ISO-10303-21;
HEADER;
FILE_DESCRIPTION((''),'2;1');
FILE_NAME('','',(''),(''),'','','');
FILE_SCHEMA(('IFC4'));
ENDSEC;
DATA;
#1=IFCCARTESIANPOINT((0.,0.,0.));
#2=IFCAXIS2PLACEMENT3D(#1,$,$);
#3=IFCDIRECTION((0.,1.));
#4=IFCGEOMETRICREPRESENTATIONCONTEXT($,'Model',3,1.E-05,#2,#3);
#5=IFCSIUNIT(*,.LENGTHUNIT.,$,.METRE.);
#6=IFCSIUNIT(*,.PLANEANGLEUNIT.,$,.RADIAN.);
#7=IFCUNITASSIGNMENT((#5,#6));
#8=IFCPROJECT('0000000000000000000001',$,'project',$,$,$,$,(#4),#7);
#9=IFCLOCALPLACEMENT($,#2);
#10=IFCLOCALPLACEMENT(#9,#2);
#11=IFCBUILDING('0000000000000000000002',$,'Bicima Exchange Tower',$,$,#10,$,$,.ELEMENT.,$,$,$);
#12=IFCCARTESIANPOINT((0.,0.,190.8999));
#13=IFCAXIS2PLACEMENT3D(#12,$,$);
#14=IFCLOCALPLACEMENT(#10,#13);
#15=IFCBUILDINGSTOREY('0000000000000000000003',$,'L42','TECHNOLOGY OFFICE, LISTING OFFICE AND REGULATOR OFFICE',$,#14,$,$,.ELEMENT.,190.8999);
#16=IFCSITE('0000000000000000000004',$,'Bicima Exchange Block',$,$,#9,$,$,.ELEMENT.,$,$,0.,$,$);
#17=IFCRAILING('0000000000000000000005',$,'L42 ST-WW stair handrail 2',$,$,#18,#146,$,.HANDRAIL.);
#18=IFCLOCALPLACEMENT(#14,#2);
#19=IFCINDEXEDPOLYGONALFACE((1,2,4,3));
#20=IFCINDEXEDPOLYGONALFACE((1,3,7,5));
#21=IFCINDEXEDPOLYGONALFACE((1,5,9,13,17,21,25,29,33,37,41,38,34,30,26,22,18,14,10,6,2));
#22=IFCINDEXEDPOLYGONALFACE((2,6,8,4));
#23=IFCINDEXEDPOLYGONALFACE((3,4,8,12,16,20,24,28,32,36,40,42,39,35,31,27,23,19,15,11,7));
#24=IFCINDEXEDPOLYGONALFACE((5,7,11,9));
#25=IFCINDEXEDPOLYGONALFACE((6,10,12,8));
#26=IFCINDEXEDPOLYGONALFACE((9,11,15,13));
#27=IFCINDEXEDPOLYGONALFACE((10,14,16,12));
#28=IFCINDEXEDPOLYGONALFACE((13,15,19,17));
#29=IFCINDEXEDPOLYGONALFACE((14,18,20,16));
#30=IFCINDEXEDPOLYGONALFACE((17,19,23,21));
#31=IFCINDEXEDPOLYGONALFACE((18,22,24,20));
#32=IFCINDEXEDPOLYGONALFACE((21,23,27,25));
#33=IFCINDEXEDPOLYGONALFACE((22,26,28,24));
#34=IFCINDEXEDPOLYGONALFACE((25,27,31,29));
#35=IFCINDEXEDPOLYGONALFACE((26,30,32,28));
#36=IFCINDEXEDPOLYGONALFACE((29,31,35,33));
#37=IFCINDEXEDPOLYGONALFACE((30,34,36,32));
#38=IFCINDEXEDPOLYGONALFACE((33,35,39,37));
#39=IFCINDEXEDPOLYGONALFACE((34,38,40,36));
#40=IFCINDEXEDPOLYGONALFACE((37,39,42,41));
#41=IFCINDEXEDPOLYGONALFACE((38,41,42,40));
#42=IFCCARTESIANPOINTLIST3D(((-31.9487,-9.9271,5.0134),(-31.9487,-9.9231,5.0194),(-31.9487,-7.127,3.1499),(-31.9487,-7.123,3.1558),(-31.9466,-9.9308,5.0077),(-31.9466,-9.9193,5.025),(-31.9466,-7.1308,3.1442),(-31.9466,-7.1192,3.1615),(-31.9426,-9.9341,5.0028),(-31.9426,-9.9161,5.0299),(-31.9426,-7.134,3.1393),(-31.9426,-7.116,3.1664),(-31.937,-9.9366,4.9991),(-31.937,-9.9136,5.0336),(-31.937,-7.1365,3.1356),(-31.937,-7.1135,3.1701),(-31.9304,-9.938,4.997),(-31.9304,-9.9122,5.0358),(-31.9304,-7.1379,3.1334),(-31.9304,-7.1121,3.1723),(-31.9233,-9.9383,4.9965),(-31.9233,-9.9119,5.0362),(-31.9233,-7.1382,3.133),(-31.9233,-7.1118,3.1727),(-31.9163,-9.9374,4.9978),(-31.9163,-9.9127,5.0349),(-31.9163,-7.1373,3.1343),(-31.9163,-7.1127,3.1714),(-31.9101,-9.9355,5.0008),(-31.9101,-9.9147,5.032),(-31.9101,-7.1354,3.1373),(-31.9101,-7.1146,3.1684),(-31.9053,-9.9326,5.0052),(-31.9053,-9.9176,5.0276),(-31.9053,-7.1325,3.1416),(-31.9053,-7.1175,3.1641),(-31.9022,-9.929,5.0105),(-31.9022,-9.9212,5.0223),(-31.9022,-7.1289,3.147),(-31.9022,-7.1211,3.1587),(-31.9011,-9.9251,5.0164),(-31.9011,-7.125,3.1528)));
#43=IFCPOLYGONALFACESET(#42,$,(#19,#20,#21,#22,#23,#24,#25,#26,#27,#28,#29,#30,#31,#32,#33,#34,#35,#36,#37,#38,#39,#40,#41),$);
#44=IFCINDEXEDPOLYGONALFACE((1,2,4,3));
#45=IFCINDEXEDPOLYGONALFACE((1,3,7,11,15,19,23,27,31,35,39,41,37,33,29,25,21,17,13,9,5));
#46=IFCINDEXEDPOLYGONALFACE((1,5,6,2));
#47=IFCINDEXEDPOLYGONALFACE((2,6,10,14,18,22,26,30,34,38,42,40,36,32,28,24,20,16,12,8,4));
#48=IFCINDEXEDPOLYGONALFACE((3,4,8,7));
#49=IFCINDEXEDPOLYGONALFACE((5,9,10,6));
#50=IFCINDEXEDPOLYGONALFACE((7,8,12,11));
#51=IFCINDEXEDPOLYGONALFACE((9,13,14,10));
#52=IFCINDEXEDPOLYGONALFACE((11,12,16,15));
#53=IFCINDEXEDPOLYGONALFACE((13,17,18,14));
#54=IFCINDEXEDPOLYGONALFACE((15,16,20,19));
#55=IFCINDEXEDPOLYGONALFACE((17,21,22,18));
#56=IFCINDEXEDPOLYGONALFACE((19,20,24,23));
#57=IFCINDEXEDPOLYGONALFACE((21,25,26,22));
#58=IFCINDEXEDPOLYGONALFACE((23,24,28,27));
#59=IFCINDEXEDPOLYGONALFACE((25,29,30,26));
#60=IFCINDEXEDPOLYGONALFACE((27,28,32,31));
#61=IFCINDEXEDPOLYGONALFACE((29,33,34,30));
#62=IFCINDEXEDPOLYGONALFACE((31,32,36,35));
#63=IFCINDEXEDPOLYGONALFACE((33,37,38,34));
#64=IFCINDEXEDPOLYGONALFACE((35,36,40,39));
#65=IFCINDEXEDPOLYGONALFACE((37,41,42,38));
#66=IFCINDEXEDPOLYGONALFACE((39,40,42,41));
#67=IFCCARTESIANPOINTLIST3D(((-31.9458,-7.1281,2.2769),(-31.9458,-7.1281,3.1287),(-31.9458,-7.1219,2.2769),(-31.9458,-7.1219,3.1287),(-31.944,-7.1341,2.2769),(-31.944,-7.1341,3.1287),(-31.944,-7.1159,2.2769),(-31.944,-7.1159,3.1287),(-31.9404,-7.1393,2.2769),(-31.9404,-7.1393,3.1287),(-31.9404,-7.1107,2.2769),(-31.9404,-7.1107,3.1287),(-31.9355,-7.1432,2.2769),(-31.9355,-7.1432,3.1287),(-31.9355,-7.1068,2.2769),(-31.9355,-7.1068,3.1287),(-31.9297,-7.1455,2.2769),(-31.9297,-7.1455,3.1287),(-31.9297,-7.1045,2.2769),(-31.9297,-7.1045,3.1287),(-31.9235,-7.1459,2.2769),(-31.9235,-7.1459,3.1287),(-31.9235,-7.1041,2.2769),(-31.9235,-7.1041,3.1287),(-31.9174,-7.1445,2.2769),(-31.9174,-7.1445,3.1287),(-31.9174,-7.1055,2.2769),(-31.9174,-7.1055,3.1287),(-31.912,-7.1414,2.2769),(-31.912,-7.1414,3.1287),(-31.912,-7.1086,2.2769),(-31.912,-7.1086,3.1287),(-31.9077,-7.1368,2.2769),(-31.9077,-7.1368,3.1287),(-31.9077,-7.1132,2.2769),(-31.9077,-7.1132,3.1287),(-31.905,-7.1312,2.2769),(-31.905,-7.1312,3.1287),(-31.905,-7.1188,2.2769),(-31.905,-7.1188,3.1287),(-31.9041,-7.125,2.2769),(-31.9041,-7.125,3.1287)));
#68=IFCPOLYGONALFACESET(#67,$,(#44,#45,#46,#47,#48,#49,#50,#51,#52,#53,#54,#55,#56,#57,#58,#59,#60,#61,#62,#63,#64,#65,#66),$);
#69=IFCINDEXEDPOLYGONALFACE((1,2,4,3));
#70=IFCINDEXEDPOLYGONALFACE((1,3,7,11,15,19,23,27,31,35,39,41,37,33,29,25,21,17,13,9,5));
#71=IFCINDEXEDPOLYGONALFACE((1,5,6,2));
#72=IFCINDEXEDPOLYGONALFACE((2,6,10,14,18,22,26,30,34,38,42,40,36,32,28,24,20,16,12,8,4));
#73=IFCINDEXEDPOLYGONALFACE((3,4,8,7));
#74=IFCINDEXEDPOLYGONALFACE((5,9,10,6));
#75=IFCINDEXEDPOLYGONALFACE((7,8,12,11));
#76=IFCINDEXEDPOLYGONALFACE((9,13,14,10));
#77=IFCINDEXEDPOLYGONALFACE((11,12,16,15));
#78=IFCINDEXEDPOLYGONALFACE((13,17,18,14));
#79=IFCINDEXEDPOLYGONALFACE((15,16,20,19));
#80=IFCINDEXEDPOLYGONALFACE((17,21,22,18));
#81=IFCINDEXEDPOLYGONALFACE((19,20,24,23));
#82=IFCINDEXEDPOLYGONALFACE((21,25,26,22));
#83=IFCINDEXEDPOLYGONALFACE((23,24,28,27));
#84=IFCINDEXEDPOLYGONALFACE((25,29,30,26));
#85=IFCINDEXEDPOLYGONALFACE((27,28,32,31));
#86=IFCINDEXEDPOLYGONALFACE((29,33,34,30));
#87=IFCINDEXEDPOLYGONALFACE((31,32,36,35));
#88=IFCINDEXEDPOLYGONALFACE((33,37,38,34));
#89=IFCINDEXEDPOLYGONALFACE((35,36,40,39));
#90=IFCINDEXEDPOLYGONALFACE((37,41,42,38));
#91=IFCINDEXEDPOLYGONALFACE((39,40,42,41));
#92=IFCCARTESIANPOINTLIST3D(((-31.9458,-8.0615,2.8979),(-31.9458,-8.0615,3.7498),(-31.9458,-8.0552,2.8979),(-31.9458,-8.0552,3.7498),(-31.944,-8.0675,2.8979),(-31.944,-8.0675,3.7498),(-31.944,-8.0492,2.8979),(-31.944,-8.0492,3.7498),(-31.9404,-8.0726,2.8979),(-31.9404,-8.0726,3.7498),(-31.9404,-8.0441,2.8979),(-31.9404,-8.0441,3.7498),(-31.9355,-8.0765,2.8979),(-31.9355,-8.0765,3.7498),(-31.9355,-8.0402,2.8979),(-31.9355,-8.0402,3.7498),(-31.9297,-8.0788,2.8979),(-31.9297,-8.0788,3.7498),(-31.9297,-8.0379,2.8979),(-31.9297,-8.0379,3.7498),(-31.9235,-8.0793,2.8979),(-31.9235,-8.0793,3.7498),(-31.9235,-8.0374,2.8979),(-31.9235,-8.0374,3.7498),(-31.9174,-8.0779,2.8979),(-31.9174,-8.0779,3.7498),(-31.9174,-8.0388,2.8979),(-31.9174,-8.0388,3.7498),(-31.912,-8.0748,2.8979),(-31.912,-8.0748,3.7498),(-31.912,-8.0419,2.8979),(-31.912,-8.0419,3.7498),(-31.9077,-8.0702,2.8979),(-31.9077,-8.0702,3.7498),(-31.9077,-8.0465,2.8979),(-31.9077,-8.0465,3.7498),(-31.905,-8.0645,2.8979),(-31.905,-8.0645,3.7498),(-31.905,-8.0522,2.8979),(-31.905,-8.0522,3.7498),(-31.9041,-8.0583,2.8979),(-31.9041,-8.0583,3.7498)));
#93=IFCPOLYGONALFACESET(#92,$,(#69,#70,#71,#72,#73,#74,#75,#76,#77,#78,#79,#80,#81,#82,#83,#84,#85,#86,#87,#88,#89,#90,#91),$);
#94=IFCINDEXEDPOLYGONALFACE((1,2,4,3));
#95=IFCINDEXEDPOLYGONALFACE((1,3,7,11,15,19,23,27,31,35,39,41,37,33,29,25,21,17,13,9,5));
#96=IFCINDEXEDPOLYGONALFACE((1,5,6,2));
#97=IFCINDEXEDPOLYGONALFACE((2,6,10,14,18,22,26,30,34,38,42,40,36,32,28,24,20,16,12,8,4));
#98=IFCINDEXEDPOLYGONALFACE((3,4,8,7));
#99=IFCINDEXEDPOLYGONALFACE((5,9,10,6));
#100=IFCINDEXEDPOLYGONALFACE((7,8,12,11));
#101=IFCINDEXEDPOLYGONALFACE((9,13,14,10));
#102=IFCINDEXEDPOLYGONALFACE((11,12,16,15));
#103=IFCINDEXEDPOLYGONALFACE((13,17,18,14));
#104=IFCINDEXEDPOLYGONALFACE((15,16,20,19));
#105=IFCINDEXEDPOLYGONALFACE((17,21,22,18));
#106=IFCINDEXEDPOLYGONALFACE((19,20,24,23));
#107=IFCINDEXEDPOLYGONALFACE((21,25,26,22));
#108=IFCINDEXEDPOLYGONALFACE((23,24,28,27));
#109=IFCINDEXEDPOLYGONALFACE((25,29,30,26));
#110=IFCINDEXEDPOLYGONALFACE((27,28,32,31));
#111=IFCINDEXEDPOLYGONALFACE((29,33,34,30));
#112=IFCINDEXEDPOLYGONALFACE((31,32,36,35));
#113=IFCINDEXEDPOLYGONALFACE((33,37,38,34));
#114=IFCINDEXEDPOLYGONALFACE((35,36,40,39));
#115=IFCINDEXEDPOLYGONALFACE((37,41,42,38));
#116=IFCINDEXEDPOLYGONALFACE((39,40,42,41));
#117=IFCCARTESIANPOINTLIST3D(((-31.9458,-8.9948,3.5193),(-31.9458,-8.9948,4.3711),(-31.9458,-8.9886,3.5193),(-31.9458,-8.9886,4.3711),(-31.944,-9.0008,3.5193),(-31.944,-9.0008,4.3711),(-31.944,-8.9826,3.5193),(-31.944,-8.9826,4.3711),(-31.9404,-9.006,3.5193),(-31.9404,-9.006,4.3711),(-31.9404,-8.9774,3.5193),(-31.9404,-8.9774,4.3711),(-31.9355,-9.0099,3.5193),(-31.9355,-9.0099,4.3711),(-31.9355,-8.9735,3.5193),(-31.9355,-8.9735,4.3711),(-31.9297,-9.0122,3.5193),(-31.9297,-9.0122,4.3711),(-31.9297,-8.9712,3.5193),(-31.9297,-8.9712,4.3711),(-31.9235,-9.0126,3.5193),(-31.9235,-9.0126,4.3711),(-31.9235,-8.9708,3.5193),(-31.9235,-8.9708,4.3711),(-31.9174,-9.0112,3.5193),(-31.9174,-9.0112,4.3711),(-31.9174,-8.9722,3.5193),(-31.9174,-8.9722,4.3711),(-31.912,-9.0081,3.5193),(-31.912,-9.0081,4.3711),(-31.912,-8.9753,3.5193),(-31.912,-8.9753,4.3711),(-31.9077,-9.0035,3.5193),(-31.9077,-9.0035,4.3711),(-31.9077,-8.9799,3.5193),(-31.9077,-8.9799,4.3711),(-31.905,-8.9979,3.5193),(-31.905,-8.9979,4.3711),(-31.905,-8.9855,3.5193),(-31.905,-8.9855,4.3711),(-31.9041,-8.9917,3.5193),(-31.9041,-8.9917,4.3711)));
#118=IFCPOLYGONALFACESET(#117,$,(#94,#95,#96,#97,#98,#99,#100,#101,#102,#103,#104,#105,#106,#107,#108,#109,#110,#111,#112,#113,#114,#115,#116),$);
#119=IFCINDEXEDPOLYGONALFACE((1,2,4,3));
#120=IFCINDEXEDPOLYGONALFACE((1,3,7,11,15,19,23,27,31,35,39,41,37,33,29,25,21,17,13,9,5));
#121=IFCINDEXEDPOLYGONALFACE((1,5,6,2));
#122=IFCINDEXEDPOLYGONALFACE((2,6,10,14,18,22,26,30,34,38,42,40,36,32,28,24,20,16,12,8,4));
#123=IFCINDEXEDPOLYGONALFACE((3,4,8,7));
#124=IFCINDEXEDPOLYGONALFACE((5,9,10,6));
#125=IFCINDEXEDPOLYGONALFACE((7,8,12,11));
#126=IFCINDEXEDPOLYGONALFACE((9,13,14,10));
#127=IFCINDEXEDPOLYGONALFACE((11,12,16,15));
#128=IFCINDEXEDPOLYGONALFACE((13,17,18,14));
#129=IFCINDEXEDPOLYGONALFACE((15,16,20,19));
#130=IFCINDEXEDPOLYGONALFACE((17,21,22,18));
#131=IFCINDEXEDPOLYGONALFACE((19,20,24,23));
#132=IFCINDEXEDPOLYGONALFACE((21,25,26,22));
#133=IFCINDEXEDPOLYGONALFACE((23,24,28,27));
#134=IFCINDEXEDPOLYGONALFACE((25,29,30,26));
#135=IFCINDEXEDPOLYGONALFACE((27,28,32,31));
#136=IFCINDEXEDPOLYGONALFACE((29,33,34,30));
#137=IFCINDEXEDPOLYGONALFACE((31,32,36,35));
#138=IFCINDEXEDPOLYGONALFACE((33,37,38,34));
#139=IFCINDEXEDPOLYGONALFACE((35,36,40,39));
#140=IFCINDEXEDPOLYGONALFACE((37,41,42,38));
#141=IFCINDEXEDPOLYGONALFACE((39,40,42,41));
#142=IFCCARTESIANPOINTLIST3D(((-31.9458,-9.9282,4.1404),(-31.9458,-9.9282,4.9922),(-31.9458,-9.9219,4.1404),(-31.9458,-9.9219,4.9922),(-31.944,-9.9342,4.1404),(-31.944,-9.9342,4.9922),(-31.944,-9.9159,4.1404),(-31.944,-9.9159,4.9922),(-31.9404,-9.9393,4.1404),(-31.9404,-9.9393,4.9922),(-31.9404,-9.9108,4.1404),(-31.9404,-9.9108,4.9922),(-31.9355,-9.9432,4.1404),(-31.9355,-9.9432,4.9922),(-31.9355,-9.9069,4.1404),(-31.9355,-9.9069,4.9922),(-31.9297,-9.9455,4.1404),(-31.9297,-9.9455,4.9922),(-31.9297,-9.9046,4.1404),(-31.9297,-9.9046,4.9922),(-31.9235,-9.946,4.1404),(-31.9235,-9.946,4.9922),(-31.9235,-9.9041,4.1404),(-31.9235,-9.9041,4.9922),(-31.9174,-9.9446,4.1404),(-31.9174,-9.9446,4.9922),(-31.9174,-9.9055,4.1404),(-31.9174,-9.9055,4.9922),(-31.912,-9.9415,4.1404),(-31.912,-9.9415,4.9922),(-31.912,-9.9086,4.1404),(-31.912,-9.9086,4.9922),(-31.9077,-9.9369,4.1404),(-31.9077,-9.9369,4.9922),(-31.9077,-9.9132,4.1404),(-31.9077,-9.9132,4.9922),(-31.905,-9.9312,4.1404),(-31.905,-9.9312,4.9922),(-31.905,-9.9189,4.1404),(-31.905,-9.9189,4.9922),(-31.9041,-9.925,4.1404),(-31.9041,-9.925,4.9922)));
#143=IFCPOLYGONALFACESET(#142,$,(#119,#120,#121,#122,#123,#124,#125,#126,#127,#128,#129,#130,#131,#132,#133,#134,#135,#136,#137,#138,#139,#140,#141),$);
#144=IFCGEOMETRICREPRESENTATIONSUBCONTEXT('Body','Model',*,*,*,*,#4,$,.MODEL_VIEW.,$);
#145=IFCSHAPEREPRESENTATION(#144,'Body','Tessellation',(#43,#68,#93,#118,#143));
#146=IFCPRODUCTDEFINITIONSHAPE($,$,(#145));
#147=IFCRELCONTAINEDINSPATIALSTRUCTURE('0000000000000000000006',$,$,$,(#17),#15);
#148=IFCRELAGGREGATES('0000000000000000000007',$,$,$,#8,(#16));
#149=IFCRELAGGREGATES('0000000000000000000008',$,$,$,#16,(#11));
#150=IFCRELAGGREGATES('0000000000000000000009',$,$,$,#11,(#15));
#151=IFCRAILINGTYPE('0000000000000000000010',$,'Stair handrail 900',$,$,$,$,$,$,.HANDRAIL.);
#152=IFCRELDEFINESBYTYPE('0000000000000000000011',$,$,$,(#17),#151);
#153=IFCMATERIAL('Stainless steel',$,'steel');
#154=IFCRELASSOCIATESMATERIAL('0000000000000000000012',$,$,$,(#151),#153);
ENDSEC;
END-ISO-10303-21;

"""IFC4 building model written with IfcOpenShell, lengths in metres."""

from ifc_helpers import new_model, si_unit, direction, frame, origin, origin_2d, place, context, subcontext, project, spatial, circle, extrude, material, type_object, element, save


model = new_model("IFC4")

# Units and contexts
model_context = context("Model", 3, precision=1e-05, world=origin(), true_north=direction((0.0, 1.0)))
body_context = subcontext(model_context, "Body", "Model", "MODEL_VIEW")
ifc_project = project(units=[si_unit("LENGTHUNIT", "METRE"), si_unit("PLANEANGLEUNIT", "RADIAN")], contexts=[model_context])

# Site, building, storey
site_placement = place(None, origin())
site = spatial("IfcSite", under=ifc_project, at=site_placement, Name="Bicima Exchange Block", CompositionType="ELEMENT", RefElevation=0.0)
building_placement = place(site_placement, origin())
building = spatial("IfcBuilding", under=site, at=building_placement, Name="Bicima Exchange Tower", CompositionType="ELEMENT")
storey_placement = place(building_placement, frame((0.0, 0.0, 190.8999)))
storey = spatial("IfcBuildingStorey", under=building, at=storey_placement, Name="L42", Description="TECHNOLOGY OFFICE, LISTING OFFICE AND REGULATOR OFFICE", CompositionType="ELEMENT", Elevation=190.8999)

# Railing
ifc_material_1 = material(Name="Stainless steel", Category="steel")
railing_type_1 = type_object("IfcRailingType", Name="Stair handrail 900", PredefinedType="HANDRAIL", material=ifc_material_1)
railing_1_placement = place(storey_placement, frame((-31.925, -7.125, 2.2769)))
element("IfcRailing", 1, at=railing_1_placement, inside=storey, type_object=railing_type_1, Name="L42 ST-WW stair handrail 2", PredefinedType="HANDRAIL", context=body_context, shape_type="SweptSolid", body=[
    extrude(circle(Radius=0.0239, at=origin_2d()), frame((0.0, 0.0, 0.876), z_axis=(0.0, -0.832486, 0.554047), x_axis=(1.0, 0.0, 0.0)), (0.0, 0.0, 1.0), 3.3635),
    extrude(circle(Radius=0.021, at=origin_2d()), origin(), (0.0, 0.0, 1.0), 0.8518),
    extrude(circle(Radius=0.021, at=origin_2d()), frame((0.0, -0.9333, 0.6211)), (0.0, 0.0, 1.0), 0.8518),
    extrude(circle(Radius=0.021, at=origin_2d()), frame((0.0, -1.8667, 1.2424)), (0.0, 0.0, 1.0), 0.8518),
    extrude(circle(Radius=0.021, at=origin_2d()), frame((0.0, -2.8, 1.8635)), (0.0, 0.0, 1.0), 0.8518),
])

save(model, "model.ifc")
